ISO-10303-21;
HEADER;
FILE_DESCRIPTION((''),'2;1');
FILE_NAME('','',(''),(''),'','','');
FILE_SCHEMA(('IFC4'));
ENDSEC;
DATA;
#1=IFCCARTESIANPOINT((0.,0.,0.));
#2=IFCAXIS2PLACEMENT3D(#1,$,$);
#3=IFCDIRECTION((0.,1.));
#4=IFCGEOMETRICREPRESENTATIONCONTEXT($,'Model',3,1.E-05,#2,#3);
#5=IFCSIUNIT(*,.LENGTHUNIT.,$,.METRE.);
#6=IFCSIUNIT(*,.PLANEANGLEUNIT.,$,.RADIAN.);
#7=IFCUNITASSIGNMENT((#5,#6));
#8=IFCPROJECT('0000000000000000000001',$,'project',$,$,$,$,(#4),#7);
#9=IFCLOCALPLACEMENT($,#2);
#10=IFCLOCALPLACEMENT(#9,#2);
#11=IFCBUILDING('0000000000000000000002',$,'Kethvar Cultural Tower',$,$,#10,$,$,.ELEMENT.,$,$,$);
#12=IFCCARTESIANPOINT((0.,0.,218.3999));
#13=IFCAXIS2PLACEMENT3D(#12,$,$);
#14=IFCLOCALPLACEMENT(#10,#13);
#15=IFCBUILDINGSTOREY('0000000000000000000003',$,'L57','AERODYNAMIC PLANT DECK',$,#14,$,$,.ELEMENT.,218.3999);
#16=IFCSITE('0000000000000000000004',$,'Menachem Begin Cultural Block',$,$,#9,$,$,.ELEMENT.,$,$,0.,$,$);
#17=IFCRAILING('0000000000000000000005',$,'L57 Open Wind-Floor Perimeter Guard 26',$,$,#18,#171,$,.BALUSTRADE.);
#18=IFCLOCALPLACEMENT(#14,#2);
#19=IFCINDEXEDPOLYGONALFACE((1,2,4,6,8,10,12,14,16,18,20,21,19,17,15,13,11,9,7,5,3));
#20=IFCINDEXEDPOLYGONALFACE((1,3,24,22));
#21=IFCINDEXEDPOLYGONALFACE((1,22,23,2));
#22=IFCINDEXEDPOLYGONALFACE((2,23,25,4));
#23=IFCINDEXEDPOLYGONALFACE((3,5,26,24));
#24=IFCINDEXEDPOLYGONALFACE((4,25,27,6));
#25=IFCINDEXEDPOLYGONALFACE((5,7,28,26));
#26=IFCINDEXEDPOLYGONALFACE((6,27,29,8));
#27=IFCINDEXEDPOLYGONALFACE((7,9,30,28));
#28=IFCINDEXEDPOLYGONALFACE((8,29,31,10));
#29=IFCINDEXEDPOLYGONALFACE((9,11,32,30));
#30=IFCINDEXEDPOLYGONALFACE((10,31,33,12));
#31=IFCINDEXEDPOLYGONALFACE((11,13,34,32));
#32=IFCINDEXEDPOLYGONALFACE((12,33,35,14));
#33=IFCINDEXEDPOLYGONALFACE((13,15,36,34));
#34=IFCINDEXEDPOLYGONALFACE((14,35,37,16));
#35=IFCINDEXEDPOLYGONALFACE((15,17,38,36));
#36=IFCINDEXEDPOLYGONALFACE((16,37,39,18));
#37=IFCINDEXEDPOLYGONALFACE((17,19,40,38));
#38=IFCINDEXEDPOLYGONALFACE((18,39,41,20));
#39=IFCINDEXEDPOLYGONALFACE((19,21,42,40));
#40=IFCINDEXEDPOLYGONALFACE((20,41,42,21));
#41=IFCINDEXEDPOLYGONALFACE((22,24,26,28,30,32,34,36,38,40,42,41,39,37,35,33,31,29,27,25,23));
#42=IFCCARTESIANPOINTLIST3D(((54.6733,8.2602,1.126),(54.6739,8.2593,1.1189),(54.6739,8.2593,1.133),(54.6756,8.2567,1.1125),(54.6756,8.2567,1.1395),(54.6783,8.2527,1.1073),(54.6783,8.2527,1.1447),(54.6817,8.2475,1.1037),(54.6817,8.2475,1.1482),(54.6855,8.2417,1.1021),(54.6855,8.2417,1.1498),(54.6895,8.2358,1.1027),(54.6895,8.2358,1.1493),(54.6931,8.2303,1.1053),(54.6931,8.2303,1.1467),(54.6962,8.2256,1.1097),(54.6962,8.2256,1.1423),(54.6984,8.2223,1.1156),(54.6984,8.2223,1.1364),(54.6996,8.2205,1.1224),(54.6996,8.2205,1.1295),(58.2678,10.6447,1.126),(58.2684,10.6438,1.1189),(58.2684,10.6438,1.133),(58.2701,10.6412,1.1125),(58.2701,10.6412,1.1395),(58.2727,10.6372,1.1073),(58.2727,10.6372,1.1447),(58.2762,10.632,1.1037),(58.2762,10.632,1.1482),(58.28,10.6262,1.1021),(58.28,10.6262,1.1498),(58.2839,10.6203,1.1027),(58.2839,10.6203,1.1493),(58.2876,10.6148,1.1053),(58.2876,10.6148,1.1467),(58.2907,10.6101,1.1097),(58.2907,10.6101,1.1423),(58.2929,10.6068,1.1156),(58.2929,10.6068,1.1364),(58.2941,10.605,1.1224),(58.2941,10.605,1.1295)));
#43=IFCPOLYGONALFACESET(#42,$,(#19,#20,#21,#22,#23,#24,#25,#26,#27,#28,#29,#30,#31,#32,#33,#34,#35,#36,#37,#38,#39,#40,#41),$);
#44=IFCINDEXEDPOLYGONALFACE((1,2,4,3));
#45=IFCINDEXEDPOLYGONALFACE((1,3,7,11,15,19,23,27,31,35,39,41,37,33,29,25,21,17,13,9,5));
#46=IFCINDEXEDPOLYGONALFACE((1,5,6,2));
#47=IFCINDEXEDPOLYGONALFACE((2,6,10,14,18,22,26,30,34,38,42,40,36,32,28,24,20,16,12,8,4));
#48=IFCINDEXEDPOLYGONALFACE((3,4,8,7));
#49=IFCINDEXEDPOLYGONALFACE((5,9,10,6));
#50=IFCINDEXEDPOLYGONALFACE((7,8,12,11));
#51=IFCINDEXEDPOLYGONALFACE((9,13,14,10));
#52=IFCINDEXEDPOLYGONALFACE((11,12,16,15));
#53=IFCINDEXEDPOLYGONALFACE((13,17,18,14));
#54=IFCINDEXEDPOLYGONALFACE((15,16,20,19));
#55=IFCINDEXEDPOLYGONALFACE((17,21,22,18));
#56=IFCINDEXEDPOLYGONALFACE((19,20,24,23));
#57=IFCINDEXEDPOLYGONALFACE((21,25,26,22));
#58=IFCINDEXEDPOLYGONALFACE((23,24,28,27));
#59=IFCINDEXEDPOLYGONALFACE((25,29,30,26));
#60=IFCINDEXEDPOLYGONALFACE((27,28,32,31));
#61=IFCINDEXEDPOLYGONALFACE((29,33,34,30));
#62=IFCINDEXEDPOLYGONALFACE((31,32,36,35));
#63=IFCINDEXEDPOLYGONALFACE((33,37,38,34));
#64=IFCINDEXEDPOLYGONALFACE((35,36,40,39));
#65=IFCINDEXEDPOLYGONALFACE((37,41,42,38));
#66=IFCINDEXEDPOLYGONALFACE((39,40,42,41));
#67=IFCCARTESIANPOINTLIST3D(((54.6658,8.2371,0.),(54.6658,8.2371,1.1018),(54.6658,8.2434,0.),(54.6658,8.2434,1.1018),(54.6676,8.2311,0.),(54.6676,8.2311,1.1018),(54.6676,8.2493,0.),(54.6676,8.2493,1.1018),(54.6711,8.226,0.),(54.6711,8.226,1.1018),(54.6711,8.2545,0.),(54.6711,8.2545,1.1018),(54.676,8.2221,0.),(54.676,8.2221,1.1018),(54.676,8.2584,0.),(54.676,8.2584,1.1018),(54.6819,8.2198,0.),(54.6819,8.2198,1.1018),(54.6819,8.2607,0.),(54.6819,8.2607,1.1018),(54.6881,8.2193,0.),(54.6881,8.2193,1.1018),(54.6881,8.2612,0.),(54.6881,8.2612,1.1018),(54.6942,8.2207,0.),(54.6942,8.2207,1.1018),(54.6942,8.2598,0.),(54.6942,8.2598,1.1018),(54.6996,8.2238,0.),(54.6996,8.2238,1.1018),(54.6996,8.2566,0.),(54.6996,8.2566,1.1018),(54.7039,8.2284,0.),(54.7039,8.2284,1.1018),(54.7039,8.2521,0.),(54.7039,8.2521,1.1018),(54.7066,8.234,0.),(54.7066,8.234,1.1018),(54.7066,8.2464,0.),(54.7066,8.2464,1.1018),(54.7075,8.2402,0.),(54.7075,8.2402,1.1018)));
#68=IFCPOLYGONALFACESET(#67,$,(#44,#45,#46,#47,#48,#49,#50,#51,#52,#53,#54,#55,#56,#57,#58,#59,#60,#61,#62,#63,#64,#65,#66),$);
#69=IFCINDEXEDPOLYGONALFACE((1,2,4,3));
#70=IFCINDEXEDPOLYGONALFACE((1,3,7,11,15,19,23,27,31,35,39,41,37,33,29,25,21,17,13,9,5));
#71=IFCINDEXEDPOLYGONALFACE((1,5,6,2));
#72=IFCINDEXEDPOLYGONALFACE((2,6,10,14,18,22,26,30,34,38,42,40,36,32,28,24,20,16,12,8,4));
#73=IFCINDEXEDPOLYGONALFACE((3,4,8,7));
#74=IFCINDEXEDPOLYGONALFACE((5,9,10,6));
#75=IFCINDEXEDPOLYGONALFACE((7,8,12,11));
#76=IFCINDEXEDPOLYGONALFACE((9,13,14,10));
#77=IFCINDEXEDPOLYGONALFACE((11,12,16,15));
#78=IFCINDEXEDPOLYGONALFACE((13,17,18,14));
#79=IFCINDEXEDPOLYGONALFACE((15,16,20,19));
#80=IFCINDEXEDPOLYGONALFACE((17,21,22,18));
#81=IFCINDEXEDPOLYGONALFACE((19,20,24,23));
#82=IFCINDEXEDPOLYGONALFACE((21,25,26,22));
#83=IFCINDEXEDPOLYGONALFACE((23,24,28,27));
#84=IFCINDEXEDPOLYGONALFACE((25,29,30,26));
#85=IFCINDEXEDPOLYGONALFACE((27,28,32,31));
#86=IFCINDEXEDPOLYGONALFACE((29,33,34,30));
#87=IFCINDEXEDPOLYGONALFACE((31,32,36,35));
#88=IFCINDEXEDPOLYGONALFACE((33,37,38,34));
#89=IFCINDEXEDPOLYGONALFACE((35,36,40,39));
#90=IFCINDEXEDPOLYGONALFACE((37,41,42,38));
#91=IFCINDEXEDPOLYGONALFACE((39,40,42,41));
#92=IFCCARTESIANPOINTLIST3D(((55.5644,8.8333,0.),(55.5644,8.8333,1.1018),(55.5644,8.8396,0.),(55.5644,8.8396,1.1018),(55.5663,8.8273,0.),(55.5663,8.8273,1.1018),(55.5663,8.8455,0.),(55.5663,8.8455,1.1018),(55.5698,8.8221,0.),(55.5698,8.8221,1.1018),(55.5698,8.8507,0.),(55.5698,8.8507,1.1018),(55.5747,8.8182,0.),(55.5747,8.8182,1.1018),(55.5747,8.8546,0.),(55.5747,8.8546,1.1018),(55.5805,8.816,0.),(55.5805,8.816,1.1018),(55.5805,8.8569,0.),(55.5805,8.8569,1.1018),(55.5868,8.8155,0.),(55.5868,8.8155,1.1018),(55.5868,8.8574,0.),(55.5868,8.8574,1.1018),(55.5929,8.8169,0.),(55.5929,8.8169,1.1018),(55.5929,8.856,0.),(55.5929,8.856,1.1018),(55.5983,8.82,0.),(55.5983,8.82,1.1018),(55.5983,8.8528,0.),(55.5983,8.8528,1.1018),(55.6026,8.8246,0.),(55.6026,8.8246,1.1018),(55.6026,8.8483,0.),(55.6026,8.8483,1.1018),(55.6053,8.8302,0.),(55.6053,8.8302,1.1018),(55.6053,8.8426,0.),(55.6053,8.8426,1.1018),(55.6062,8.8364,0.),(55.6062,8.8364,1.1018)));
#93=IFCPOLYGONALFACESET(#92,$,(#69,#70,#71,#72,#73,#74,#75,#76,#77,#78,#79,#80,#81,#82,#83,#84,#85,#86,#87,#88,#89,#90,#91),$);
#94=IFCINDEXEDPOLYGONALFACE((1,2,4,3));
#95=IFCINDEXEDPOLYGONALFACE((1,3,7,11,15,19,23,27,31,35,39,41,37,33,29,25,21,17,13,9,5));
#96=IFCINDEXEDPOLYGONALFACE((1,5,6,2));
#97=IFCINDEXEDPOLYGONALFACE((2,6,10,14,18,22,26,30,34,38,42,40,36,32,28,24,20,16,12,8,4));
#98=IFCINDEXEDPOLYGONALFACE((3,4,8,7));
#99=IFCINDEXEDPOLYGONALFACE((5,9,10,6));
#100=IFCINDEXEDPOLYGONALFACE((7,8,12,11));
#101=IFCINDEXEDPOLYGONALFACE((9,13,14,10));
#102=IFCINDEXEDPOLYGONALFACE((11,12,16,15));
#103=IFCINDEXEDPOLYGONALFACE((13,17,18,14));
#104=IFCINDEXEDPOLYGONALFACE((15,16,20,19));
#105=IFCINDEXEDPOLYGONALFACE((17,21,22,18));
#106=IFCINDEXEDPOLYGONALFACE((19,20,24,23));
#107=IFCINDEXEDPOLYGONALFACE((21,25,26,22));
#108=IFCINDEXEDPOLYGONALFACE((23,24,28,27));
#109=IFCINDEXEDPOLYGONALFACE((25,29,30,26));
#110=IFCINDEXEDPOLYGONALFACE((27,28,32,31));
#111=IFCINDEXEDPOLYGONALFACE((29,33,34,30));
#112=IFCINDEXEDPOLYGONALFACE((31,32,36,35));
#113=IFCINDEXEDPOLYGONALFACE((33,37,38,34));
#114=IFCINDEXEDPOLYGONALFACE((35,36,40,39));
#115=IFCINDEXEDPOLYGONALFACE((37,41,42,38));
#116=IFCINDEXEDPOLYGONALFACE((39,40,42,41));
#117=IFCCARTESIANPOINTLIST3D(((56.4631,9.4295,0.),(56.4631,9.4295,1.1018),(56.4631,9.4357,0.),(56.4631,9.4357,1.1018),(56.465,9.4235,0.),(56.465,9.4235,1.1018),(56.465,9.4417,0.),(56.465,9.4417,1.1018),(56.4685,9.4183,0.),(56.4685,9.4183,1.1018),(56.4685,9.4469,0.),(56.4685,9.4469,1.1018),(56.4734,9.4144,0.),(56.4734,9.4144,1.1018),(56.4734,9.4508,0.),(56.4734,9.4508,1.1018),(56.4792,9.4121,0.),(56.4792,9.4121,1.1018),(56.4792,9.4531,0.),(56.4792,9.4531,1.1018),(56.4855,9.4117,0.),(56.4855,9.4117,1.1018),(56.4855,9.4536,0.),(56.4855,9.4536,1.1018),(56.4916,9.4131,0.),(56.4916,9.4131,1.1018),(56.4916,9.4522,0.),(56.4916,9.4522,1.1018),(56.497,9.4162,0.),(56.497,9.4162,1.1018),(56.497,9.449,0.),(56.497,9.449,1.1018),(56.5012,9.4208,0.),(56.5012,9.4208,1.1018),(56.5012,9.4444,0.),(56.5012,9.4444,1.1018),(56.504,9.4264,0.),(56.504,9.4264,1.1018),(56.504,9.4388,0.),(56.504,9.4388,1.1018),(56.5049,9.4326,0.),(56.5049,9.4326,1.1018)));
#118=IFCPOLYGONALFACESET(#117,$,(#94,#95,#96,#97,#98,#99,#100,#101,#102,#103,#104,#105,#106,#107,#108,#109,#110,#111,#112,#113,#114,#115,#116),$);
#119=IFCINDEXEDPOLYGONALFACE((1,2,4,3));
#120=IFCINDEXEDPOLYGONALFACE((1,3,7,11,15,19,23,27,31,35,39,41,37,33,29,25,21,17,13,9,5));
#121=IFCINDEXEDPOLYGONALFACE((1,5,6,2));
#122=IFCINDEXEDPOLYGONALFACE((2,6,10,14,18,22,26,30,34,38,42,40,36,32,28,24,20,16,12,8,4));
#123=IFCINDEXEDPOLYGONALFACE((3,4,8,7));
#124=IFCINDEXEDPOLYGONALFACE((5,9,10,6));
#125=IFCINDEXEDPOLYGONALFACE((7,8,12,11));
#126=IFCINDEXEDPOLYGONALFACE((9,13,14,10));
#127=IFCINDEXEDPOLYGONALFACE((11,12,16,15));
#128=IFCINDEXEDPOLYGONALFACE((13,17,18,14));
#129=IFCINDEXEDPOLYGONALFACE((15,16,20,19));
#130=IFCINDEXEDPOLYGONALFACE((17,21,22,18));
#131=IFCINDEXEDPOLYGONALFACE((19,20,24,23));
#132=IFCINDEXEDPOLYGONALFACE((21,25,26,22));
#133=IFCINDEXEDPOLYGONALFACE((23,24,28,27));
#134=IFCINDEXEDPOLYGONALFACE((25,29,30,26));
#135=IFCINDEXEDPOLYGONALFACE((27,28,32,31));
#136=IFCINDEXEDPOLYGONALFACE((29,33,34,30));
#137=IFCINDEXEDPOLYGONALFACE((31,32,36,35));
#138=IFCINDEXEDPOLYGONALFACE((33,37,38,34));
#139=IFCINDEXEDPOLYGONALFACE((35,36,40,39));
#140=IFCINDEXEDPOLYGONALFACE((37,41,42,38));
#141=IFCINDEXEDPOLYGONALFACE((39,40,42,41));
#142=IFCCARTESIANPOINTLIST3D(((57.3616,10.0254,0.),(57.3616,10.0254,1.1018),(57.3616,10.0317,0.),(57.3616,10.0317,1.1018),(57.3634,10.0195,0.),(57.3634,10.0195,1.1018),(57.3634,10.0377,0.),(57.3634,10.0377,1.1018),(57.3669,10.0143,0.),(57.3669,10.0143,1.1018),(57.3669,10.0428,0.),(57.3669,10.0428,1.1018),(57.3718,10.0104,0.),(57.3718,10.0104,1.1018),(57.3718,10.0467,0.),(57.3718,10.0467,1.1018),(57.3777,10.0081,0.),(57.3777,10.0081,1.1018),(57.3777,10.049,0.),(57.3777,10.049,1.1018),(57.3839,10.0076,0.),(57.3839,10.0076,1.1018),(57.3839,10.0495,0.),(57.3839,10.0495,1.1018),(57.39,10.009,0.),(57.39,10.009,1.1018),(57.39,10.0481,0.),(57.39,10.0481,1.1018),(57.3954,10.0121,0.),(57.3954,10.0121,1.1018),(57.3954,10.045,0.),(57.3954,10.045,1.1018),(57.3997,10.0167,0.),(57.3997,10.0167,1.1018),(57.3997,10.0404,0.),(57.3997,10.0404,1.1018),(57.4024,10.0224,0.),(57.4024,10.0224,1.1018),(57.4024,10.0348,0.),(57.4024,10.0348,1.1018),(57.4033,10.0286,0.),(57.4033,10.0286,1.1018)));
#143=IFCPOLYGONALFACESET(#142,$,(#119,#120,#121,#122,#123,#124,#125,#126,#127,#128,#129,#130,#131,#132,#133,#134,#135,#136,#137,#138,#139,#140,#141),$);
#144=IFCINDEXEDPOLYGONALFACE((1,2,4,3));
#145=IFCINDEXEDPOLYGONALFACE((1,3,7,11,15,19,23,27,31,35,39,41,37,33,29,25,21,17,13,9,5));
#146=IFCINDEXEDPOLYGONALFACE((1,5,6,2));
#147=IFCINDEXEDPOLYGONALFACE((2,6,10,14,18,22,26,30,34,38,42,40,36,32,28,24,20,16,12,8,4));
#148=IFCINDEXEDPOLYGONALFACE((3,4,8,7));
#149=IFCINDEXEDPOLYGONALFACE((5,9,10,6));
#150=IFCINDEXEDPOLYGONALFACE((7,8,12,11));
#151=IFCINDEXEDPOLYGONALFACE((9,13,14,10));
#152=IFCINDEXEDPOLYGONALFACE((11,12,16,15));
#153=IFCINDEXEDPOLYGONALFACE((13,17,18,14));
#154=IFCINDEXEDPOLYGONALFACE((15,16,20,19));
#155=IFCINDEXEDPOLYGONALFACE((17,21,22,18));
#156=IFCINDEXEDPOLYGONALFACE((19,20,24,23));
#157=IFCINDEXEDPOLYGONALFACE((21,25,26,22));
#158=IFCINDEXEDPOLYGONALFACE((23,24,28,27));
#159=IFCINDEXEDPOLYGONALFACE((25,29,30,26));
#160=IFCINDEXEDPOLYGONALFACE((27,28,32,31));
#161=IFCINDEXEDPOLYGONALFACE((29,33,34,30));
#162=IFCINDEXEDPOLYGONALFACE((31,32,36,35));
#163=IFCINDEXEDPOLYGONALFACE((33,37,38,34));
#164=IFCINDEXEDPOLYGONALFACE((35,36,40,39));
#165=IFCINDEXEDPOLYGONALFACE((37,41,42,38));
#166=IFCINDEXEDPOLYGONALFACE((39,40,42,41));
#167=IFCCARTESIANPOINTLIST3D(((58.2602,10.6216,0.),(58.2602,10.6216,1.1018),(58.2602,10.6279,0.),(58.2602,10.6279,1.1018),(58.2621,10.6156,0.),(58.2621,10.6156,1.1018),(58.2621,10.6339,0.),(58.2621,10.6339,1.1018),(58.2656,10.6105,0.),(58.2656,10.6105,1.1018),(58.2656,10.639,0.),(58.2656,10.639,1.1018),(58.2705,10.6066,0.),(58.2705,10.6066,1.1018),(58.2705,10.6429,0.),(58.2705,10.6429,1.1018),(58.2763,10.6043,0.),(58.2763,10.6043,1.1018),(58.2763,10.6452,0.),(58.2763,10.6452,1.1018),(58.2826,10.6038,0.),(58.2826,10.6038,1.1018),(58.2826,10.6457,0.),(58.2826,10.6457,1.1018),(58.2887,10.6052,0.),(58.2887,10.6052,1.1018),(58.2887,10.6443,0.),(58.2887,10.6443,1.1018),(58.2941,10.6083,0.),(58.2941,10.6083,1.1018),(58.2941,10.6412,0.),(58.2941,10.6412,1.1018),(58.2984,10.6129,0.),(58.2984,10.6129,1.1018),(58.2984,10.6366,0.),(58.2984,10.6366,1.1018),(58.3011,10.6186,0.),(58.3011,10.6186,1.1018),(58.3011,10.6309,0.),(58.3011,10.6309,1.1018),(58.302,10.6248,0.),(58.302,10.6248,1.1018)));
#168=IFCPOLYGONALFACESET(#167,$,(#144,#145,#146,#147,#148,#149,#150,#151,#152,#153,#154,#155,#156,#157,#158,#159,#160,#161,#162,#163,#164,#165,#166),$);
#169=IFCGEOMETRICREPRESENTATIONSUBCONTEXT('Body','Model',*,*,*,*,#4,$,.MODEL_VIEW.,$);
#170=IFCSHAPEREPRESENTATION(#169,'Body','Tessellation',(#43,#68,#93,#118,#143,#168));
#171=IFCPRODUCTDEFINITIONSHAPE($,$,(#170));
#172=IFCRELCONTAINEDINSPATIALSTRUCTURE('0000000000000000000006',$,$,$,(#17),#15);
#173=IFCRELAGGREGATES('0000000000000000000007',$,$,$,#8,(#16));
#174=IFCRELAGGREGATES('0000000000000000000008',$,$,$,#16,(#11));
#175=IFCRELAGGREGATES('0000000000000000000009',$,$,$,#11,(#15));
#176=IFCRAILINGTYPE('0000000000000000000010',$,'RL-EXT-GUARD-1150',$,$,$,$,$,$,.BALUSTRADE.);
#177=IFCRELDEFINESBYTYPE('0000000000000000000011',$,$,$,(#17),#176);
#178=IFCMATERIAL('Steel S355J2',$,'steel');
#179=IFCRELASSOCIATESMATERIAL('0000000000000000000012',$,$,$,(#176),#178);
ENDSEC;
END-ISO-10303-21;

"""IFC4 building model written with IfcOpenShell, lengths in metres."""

from ifc_helpers import new_model, si_unit, direction, frame, origin, origin_2d, place, context, subcontext, project, spatial, circle, extrude, material, type_object, element, save


model = new_model("IFC4")

# Units and contexts
model_context = context("Model", 3, precision=1e-05, world=origin(), true_north=direction((0.0, 1.0)))
body_context = subcontext(model_context, "Body", "Model", "MODEL_VIEW")
ifc_project = project(units=[si_unit("LENGTHUNIT", "METRE"), si_unit("PLANEANGLEUNIT", "RADIAN")], contexts=[model_context])

# Site, building, storey
site_placement = place(None, origin())
site = spatial("IfcSite", under=ifc_project, at=site_placement, Name="Menachem Begin Cultural Block", CompositionType="ELEMENT", RefElevation=0.0)
building_placement = place(site_placement, origin())
building = spatial("IfcBuilding", under=site, at=building_placement, Name="Kethvar Cultural Tower", CompositionType="ELEMENT")
storey_placement = place(building_placement, frame((0.0, 0.0, 218.3999)))
storey = spatial("IfcBuildingStorey", under=building, at=storey_placement, Name="L57", Description="AERODYNAMIC PLANT DECK", CompositionType="ELEMENT", Elevation=218.3999)

# Shared definitions
ifc_material_1 = material(Name="Steel S355J2", Category="steel")

# Railing
railing_type_1 = type_object("IfcRailingType", Name="RL-EXT-GUARD-1150", PredefinedType="BALUSTRADE", material=ifc_material_1)
railing_1_placement = place(storey_placement, frame((54.6865, 8.2402, 0.0)))
element("IfcRailing", 1, at=railing_1_placement, inside=storey, type_object=railing_type_1, Name="L57 Open Wind-Floor Perimeter Guard 26", PredefinedType="BALUSTRADE", context=body_context, shape_type="SweptSolid", body=[
    extrude(circle(Radius=0.0239, at=origin_2d()), frame((0.0, 0.0, 1.126), z_axis=(0.833311, 0.552805, 0.0), x_axis=(-0.552805, 0.833311, 0.0)), (0.0, 0.0, 1.0), 4.3135),
    extrude(circle(Radius=0.021, at=origin_2d()), origin(), (0.0, 0.0, 1.0), 1.1018),
    extrude(circle(Radius=0.021, at=origin_2d()), frame((0.8987, 0.5962, 0.0)), (0.0, 0.0, 1.0), 1.1018),
    extrude(circle(Radius=0.021, at=origin_2d()), frame((1.7974, 1.1924, 0.0)), (0.0, 0.0, 1.0), 1.1018),
    extrude(circle(Radius=0.021, at=origin_2d()), frame((2.6958, 1.7883, 0.0)), (0.0, 0.0, 1.0), 1.1018),
    extrude(circle(Radius=0.021, at=origin_2d()), frame((3.5945, 2.3845, 0.0)), (0.0, 0.0, 1.0), 1.1018),
])

save(model, "model.ifc")
